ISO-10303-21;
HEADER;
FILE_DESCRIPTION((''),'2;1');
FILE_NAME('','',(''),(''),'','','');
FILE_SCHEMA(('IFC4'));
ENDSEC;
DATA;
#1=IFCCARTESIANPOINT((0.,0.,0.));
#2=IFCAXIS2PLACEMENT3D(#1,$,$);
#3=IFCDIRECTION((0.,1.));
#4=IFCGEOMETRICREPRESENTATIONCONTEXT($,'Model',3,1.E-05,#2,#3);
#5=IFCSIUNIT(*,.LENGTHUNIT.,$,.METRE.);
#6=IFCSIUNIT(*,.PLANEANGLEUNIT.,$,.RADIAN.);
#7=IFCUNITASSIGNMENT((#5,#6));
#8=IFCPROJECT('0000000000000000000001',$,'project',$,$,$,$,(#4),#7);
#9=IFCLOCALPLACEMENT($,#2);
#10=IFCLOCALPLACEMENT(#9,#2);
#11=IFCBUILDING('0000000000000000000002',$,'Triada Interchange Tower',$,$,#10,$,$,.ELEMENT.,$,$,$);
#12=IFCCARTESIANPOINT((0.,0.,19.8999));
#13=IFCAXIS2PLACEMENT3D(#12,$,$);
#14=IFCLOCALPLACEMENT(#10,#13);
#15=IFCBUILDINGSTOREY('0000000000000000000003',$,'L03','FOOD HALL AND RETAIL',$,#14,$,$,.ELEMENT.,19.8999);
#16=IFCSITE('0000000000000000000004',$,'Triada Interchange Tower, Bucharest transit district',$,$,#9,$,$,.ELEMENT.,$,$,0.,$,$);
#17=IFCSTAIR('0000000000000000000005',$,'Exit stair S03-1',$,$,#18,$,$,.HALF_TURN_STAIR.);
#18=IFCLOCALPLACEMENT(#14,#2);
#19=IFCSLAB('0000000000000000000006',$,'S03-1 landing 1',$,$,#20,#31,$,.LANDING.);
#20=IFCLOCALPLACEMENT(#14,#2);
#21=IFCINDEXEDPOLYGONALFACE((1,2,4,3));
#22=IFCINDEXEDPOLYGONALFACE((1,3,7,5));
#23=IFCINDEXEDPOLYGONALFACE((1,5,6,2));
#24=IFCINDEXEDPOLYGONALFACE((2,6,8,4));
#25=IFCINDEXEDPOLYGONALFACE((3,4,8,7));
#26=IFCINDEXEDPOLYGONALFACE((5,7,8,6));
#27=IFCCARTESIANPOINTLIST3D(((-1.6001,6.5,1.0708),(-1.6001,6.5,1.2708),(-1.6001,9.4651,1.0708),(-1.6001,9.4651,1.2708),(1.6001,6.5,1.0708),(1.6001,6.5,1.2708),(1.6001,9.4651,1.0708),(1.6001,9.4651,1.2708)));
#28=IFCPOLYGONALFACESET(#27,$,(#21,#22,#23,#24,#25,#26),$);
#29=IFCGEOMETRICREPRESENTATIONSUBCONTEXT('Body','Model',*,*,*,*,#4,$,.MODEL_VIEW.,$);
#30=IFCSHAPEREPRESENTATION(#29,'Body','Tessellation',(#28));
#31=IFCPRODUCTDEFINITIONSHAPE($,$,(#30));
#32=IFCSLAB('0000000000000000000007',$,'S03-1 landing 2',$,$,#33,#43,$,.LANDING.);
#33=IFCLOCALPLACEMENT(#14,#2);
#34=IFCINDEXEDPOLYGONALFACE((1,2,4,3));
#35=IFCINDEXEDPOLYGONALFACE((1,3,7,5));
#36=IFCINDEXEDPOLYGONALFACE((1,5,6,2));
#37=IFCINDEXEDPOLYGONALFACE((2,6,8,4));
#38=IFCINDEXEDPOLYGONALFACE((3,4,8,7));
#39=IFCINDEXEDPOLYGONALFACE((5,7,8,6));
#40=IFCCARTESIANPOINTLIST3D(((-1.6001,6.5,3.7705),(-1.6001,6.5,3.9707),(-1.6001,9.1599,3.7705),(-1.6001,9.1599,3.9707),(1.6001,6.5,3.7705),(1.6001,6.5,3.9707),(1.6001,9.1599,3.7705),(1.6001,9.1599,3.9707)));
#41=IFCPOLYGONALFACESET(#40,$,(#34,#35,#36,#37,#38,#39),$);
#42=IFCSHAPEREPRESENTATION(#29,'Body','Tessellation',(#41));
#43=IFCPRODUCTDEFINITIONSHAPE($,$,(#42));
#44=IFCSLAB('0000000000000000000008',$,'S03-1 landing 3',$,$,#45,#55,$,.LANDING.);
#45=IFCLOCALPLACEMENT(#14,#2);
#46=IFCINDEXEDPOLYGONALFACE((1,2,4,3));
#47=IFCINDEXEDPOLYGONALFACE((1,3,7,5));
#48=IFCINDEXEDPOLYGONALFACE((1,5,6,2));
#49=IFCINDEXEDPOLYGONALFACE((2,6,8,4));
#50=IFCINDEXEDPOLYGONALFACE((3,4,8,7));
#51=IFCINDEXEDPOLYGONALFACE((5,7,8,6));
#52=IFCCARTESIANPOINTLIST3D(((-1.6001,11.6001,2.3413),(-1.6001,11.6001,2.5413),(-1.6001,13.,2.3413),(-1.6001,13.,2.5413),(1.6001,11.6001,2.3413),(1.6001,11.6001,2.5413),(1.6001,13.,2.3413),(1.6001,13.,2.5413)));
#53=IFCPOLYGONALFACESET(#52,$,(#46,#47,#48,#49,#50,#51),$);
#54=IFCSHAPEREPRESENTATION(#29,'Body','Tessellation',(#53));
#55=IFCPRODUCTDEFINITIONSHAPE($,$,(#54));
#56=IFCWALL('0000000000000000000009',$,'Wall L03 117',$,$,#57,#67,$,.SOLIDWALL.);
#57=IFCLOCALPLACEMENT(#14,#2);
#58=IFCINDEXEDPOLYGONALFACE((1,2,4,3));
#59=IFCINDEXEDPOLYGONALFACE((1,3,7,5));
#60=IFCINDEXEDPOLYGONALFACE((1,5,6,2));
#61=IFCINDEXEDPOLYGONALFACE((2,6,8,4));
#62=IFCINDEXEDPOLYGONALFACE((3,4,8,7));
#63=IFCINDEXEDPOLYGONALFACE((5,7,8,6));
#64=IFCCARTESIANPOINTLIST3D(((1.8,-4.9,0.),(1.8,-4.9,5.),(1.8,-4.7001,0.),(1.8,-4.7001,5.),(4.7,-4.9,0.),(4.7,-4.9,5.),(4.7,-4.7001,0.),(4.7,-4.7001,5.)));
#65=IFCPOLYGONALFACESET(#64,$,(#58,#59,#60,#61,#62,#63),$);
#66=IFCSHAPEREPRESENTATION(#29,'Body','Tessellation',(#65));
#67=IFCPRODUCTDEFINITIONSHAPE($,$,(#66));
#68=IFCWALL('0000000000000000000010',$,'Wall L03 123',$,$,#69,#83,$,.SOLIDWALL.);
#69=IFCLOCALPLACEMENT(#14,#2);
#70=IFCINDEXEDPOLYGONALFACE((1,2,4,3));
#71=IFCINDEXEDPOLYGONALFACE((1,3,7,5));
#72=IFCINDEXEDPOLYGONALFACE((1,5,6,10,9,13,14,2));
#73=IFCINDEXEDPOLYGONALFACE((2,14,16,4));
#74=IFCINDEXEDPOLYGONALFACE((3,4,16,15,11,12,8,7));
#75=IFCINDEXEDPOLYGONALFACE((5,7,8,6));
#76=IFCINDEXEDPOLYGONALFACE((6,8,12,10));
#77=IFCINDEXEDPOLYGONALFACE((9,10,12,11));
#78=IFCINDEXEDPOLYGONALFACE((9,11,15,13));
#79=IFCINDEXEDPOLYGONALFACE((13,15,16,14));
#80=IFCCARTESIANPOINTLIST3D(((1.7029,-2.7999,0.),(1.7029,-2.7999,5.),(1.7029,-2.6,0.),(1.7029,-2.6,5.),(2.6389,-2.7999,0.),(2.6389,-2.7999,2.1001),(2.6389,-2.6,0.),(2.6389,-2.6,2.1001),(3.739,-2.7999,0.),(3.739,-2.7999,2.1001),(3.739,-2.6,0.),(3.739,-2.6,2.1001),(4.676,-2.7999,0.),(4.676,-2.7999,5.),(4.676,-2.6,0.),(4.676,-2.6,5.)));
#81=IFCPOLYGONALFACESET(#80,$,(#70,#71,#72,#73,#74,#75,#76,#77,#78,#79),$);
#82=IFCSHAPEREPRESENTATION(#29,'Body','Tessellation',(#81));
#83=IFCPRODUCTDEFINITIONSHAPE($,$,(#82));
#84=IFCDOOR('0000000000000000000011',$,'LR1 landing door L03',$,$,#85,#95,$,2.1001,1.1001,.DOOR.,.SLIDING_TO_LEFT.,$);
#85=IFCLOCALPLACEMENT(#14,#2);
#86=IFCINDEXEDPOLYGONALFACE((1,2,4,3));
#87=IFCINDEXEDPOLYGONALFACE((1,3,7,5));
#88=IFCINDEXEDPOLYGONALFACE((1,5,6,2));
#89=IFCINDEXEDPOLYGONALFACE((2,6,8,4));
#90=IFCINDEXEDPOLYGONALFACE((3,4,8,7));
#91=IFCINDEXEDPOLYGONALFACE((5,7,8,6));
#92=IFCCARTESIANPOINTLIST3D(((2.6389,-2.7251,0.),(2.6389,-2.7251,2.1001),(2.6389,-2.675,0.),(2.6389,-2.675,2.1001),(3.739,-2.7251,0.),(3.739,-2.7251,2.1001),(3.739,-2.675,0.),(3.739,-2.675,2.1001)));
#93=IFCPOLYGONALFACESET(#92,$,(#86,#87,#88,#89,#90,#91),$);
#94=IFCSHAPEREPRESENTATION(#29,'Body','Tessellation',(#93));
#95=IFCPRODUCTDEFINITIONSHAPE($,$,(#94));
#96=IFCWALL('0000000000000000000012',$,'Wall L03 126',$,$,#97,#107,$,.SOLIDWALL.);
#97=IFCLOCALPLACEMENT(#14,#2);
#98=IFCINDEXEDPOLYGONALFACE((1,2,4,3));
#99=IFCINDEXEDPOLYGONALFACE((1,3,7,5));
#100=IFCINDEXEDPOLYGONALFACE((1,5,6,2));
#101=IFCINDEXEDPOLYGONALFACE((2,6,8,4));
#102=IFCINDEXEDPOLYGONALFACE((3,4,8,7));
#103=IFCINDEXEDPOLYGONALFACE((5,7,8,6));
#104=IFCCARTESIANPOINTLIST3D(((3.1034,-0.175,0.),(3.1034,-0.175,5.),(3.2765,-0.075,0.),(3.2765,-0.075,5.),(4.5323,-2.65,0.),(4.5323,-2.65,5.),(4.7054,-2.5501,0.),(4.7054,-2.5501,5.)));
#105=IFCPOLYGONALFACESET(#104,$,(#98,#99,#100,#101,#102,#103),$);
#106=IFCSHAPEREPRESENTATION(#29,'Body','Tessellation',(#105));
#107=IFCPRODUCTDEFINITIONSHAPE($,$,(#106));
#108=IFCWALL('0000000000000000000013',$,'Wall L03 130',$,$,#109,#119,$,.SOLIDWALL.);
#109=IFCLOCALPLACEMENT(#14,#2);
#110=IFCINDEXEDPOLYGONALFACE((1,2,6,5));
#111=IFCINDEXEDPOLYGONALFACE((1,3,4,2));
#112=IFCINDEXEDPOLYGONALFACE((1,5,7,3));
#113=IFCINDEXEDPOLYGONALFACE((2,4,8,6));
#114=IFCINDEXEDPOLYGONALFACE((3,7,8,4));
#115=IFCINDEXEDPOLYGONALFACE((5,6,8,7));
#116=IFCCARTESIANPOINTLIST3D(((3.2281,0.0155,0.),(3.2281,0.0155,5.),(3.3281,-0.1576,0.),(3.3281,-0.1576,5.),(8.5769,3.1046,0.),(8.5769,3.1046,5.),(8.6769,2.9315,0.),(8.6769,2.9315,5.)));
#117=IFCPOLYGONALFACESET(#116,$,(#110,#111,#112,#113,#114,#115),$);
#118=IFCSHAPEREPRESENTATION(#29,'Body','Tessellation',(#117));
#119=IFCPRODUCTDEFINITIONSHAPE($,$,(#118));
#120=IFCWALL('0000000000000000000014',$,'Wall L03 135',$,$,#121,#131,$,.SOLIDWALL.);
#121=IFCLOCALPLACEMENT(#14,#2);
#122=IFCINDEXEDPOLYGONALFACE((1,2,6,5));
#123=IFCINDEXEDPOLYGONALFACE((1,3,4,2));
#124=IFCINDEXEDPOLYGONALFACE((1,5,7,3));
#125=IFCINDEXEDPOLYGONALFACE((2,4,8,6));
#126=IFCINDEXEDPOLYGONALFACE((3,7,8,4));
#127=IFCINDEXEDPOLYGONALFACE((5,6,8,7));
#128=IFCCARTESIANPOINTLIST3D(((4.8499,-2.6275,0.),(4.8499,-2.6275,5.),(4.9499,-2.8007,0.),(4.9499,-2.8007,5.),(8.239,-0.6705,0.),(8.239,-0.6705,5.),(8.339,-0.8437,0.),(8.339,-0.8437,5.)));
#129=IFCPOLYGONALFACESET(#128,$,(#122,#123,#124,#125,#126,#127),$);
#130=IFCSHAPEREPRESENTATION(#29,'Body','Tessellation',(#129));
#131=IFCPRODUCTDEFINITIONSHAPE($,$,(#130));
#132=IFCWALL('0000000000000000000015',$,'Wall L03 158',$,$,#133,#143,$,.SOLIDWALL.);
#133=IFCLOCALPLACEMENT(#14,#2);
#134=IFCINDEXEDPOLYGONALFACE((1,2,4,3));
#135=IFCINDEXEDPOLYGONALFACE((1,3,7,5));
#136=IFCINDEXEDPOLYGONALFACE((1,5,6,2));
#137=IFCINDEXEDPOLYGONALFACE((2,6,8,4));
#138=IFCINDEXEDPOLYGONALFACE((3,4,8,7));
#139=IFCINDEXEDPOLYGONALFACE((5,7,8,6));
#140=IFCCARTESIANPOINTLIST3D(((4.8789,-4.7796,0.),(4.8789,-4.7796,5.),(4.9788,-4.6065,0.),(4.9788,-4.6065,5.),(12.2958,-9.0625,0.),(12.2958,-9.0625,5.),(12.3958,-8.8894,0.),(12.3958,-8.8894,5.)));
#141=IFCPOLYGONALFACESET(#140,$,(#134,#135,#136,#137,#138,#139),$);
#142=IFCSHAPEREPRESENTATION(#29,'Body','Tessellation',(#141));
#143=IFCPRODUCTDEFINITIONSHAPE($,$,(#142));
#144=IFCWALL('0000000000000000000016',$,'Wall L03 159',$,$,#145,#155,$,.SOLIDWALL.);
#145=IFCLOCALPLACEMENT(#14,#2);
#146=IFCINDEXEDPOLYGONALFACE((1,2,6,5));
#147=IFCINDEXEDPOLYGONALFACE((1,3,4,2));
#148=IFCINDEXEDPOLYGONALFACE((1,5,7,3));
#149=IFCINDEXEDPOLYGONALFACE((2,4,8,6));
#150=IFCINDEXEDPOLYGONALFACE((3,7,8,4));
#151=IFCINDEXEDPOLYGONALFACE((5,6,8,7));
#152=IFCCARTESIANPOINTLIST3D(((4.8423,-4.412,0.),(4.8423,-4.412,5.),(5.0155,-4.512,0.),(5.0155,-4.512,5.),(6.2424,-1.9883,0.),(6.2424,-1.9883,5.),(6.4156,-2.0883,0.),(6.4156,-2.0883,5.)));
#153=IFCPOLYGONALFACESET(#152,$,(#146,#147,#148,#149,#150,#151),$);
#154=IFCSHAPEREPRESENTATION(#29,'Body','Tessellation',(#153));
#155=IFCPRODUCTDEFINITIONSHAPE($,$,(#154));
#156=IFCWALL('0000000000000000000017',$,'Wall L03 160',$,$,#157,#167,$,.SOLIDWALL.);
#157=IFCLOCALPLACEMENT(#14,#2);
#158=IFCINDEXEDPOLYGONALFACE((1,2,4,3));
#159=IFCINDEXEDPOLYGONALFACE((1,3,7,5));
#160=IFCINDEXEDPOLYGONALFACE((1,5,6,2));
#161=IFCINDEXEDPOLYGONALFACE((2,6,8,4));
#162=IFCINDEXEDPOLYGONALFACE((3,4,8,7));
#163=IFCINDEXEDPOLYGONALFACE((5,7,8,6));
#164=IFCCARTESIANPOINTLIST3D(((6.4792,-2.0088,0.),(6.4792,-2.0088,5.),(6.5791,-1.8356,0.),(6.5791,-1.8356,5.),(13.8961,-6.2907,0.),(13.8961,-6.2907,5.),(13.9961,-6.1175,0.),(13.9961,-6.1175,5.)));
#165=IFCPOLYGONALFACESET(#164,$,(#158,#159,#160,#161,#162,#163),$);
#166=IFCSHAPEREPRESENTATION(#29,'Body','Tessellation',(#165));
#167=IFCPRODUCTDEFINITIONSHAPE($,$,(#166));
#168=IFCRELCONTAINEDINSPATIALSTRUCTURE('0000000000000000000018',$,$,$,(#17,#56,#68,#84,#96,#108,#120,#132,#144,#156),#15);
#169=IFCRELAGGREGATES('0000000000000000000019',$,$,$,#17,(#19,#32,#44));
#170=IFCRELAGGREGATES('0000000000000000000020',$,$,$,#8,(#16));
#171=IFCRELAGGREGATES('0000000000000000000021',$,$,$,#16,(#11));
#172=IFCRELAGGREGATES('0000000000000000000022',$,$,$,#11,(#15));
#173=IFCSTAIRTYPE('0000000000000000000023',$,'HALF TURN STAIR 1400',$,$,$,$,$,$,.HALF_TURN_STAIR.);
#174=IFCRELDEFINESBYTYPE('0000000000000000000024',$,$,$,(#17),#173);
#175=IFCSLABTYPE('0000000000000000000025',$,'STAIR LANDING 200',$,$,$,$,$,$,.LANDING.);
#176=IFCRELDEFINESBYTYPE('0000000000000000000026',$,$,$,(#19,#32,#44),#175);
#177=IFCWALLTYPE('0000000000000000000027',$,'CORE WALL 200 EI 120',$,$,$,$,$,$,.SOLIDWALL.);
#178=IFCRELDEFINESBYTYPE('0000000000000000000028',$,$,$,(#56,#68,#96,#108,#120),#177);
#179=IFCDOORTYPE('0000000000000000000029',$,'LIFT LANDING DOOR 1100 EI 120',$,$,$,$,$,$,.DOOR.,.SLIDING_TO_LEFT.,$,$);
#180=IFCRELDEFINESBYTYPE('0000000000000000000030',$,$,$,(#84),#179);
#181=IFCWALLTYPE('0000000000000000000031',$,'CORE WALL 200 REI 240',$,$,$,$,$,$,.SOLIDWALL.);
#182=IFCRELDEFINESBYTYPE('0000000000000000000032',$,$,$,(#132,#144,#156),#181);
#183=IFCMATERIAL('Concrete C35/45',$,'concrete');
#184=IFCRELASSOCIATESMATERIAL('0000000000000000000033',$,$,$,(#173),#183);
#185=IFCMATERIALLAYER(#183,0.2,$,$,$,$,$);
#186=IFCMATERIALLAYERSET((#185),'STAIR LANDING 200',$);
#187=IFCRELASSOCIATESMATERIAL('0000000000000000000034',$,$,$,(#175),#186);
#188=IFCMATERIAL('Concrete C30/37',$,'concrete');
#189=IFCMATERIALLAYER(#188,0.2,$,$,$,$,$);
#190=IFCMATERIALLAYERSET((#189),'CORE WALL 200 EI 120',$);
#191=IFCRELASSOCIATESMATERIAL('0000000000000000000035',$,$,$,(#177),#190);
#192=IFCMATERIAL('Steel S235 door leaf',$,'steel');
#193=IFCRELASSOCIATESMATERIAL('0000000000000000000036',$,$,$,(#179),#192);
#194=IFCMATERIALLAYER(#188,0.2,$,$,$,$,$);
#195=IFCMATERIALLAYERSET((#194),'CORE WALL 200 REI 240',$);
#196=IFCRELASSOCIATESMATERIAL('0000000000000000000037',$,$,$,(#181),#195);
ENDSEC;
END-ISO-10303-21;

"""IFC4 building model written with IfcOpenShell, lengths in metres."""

from ifc_helpers import new_model, si_unit, direction, frame, frame_2d, origin, place, context, subcontext, project, spatial, polyline, rectangle, outline, extrude, material, layer, layer_set, type_object, element, fill, aggregate, save


model = new_model("IFC4")

# Units and contexts
model_context = context("Model", 3, precision=1e-05, world=origin(), true_north=direction((0.0, 1.0)))
body_context = subcontext(model_context, "Body", "Model", "MODEL_VIEW")
ifc_project = project(units=[si_unit("LENGTHUNIT", "METRE"), si_unit("PLANEANGLEUNIT", "RADIAN")], contexts=[model_context])

# Site, building, storey
site_placement = place(None, origin())
site = spatial("IfcSite", under=ifc_project, at=site_placement, Name="Triada Interchange Tower, Bucharest transit district", CompositionType="ELEMENT", RefElevation=0.0)
building_placement = place(site_placement, origin())
building = spatial("IfcBuilding", under=site, at=building_placement, Name="Triada Interchange Tower", CompositionType="ELEMENT")
storey_placement = place(building_placement, frame((0.0, 0.0, 19.8999)))
storey = spatial("IfcBuildingStorey", under=building, at=storey_placement, Name="L03", Description="FOOD HALL AND RETAIL", CompositionType="ELEMENT", Elevation=19.8999)

# Stair, slabs
ifc_material_1 = material(Name="Concrete C35/45", Category="concrete")
stair_type = type_object("IfcStairType", Name="HALF TURN STAIR 1400", PredefinedType="HALF_TURN_STAIR", material=ifc_material_1)
stair_1_placement = place(storey_placement, origin())
stair_1 = element("IfcStair", 1, at=stair_1_placement, inside=storey, type_object=stair_type, Name="Exit stair S03-1", PredefinedType="HALF_TURN_STAIR")
ifc_layer_1 = layer(ifc_material_1, 0.2)
ifc_layer_set_1 = layer_set([ifc_layer_1], Name="STAIR LANDING 200")
slab_type = type_object("IfcSlabType", Name="STAIR LANDING 200", PredefinedType="LANDING", material=ifc_layer_set_1)
slab_1_placement = place(storey_placement, frame((0.0, 0.0, 1.0708)))
slab_1 = element("IfcSlab", 2, at=slab_1_placement, type_object=slab_type, Name="S03-1 landing 1", PredefinedType="LANDING", context=body_context, shape_type="SweptSolid", body=[
    extrude(outline(polyline([(1.6001, 6.5), (1.6001, 9.4651), (-1.6001, 9.4651), (-1.6001, 6.5), (1.6001, 6.5)])), origin(), (0.0, 0.0, 1.0), 0.2),
])
slab_2_placement = place(storey_placement, frame((0.0, 0.0, 3.7705)))
slab_2 = element("IfcSlab", 3, at=slab_2_placement, type_object=slab_type, Name="S03-1 landing 2", PredefinedType="LANDING", context=body_context, shape_type="SweptSolid", body=[
    extrude(outline(polyline([(1.6001, 6.5), (1.6001, 9.1599), (-1.6001, 9.1599), (-1.6001, 6.5), (1.6001, 6.5)])), origin(), (0.0, 0.0, 1.0), 0.2002),
])
slab_3_placement = place(storey_placement, frame((0.0, 0.0, 2.3413)))
slab_3 = element("IfcSlab", 4, at=slab_3_placement, type_object=slab_type, Name="S03-1 landing 3", PredefinedType="LANDING", context=body_context, shape_type="SweptSolid", body=[
    extrude(outline(polyline([(1.6001, 11.6001), (1.6001, 13.0), (-1.6001, 13.0), (-1.6001, 11.6001), (1.6001, 11.6001)])), origin(), (0.0, 0.0, 1.0), 0.2),
])
aggregate(stair_1, [slab_1, slab_2, slab_3])

# Wall
ifc_material_2 = material(Name="Concrete C30/37", Category="concrete")
ifc_layer_2 = layer(ifc_material_2, 0.2)
ifc_layer_set_2 = layer_set([ifc_layer_2], Name="CORE WALL 200 EI 120")
wall_type_1 = type_object("IfcWallType", Name="CORE WALL 200 EI 120", PredefinedType="SOLIDWALL", material=ifc_layer_set_2)
wall_1_placement = place(storey_placement, frame((1.8, -4.8, 0.0), z_axis=(0.0, 0.0, 1.0), x_axis=(1.0, 0.0, 0.0)))
element("IfcWall", 5, at=wall_1_placement, inside=storey, type_object=wall_type_1, Name="Wall L03 117", PredefinedType="SOLIDWALL", context=body_context, shape_type="SweptSolid", body=[
    extrude(rectangle(XDim=2.8999, YDim=0.2, at=frame_2d((1.45, 0.0))), origin(), (0.0, 0.0, 1.0), 5.0),
])

# Wall, opening, door
wall_2_placement = place(storey_placement, frame((1.7029, -2.7, 0.0), z_axis=(0.0, 0.0, 1.0), x_axis=(1.0, 0.0, 0.0)))
wall_2 = element("IfcWall", 6, at=wall_2_placement, inside=storey, type_object=wall_type_1, Name="Wall L03 123", PredefinedType="SOLIDWALL", context=body_context, shape_type="SweptSolid", body=[
    extrude(rectangle(XDim=2.9731, YDim=0.2, at=frame_2d((1.4866, 0.0))), origin(), (0.0, 0.0, 1.0), 5.0),
])
opening_placement = place(wall_2_placement, frame((0.936, 0.0, 0.0)))
opening = element("IfcOpeningElement", 7, at=opening_placement, cuts=wall_2, PredefinedType="OPENING", context=body_context, shape_type="SweptSolid", body=[
    extrude(rectangle(XDim=1.1001, YDim=2.1001, at=frame_2d((0.55, 1.05))), frame((0.0, 0.1099, 0.0), z_axis=(0.0, -1.0, 0.0), x_axis=(1.0, 0.0, 0.0)), (0.0, 0.0, 1.0), 0.22),
])
ifc_material_3 = material(Name="Steel S235 door leaf", Category="steel")
door_type = type_object("IfcDoorType", Name="LIFT LANDING DOOR 1100 EI 120", OperationType="SLIDING_TO_LEFT", PredefinedType="DOOR", material=ifc_material_3)
door_placement = place(opening_placement, origin())
door = element("IfcDoor", 8, at=door_placement, inside=storey, type_object=door_type, Name="LR1 landing door L03", OperationType="SLIDING_TO_LEFT", OverallHeight=2.1001, OverallWidth=1.1001, PredefinedType="DOOR", context=body_context, shape_type="SweptSolid", body=[
    extrude(rectangle(XDim=1.1001, YDim=2.1001, at=frame_2d((0.55, 1.05))), frame((0.0, 0.0249, 0.0), z_axis=(0.0, -1.0, 0.0), x_axis=(1.0, 0.0, 0.0)), (0.0, 0.0, 1.0), 0.05),
])
fill(opening, door)

# Walls
wall_3_placement = place(storey_placement, frame((3.1899, -0.125, 0.0), z_axis=(0.0, 0.0, 1.0), x_axis=(0.499989, -0.866032, 0.0)))
element("IfcWall", 9, at=wall_3_placement, inside=storey, type_object=wall_type_1, Name="Wall L03 126", PredefinedType="SOLIDWALL", context=body_context, shape_type="SweptSolid", body=[
    extrude(rectangle(XDim=2.8579, YDim=0.2, at=frame_2d((1.429, 0.0))), origin(), (0.0, 0.0, 1.0), 5.0),
])
wall_4_placement = place(storey_placement, frame((3.2781, -0.071, 0.0), z_axis=(0.0, 0.0, 1.0), x_axis=(0.86596, 0.500114, 0.0)))
element("IfcWall", 10, at=wall_4_placement, inside=storey, type_object=wall_type_1, Name="Wall L03 130", PredefinedType="SOLIDWALL", context=body_context, shape_type="SweptSolid", body=[
    extrude(rectangle(XDim=6.1768, YDim=0.2, at=frame_2d((3.0884, 0.0))), origin(), (0.0, 0.0, 1.0), 5.0),
])
wall_5_placement = place(storey_placement, frame((4.8999, -2.7141, 0.0), z_axis=(0.0, 0.0, 1.0), x_axis=(0.865992, 0.500057, 0.0)))
element("IfcWall", 11, at=wall_5_placement, inside=storey, type_object=wall_type_1, Name="Wall L03 135", PredefinedType="SOLIDWALL", context=body_context, shape_type="SweptSolid", body=[
    extrude(rectangle(XDim=3.9136, YDim=0.2, at=frame_2d((1.9568, 0.0))), origin(), (0.0, 0.0, 1.0), 5.0),
])
ifc_layer_3 = layer(ifc_material_2, 0.2)
ifc_layer_set_3 = layer_set([ifc_layer_3], Name="CORE WALL 200 REI 240")
wall_type_2 = type_object("IfcWallType", Name="CORE WALL 200 REI 240", PredefinedType="SOLIDWALL", material=ifc_layer_set_3)
wall_6_placement = place(storey_placement, frame((4.929, -4.6931, 0.0), z_axis=(0.0, 0.0, 1.0), x_axis=(0.865987, -0.500066, 0.0)))
element("IfcWall", 12, at=wall_6_placement, inside=storey, type_object=wall_type_2, Name="Wall L03 158", PredefinedType="SOLIDWALL", context=body_context, shape_type="SweptSolid", body=[
    extrude(rectangle(XDim=8.5647, YDim=0.2, at=frame_2d((4.2822, 0.0))), origin(), (0.0, 0.0, 1.0), 5.0),
])
wall_7_placement = place(storey_placement, frame((4.929, -4.4619, 0.0), z_axis=(0.0, 0.0, 1.0), x_axis=(0.500201, 0.86591, 0.0)))
element("IfcWall", 13, at=wall_7_placement, inside=storey, type_object=wall_type_2, Name="Wall L03 159", PredefinedType="SOLIDWALL", context=body_context, shape_type="SweptSolid", body=[
    extrude(rectangle(XDim=2.7991, YDim=0.2, at=frame_2d((1.3994, 0.0))), origin(), (0.0, 0.0, 1.0), 5.0),
])
wall_8_placement = place(storey_placement, frame((6.5291, -1.9221, 0.0), z_axis=(0.0, 0.0, 1.0), x_axis=(0.866037, -0.499981, 0.0)))
element("IfcWall", 14, at=wall_8_placement, inside=storey, type_object=wall_type_2, Name="Wall L03 160", PredefinedType="SOLIDWALL", context=body_context, shape_type="SweptSolid", body=[
    extrude(rectangle(XDim=8.5642, YDim=0.2, at=frame_2d((4.2822, 0.0))), origin(), (0.0, 0.0, 1.0), 5.0),
])

save(model, "model.ifc")
